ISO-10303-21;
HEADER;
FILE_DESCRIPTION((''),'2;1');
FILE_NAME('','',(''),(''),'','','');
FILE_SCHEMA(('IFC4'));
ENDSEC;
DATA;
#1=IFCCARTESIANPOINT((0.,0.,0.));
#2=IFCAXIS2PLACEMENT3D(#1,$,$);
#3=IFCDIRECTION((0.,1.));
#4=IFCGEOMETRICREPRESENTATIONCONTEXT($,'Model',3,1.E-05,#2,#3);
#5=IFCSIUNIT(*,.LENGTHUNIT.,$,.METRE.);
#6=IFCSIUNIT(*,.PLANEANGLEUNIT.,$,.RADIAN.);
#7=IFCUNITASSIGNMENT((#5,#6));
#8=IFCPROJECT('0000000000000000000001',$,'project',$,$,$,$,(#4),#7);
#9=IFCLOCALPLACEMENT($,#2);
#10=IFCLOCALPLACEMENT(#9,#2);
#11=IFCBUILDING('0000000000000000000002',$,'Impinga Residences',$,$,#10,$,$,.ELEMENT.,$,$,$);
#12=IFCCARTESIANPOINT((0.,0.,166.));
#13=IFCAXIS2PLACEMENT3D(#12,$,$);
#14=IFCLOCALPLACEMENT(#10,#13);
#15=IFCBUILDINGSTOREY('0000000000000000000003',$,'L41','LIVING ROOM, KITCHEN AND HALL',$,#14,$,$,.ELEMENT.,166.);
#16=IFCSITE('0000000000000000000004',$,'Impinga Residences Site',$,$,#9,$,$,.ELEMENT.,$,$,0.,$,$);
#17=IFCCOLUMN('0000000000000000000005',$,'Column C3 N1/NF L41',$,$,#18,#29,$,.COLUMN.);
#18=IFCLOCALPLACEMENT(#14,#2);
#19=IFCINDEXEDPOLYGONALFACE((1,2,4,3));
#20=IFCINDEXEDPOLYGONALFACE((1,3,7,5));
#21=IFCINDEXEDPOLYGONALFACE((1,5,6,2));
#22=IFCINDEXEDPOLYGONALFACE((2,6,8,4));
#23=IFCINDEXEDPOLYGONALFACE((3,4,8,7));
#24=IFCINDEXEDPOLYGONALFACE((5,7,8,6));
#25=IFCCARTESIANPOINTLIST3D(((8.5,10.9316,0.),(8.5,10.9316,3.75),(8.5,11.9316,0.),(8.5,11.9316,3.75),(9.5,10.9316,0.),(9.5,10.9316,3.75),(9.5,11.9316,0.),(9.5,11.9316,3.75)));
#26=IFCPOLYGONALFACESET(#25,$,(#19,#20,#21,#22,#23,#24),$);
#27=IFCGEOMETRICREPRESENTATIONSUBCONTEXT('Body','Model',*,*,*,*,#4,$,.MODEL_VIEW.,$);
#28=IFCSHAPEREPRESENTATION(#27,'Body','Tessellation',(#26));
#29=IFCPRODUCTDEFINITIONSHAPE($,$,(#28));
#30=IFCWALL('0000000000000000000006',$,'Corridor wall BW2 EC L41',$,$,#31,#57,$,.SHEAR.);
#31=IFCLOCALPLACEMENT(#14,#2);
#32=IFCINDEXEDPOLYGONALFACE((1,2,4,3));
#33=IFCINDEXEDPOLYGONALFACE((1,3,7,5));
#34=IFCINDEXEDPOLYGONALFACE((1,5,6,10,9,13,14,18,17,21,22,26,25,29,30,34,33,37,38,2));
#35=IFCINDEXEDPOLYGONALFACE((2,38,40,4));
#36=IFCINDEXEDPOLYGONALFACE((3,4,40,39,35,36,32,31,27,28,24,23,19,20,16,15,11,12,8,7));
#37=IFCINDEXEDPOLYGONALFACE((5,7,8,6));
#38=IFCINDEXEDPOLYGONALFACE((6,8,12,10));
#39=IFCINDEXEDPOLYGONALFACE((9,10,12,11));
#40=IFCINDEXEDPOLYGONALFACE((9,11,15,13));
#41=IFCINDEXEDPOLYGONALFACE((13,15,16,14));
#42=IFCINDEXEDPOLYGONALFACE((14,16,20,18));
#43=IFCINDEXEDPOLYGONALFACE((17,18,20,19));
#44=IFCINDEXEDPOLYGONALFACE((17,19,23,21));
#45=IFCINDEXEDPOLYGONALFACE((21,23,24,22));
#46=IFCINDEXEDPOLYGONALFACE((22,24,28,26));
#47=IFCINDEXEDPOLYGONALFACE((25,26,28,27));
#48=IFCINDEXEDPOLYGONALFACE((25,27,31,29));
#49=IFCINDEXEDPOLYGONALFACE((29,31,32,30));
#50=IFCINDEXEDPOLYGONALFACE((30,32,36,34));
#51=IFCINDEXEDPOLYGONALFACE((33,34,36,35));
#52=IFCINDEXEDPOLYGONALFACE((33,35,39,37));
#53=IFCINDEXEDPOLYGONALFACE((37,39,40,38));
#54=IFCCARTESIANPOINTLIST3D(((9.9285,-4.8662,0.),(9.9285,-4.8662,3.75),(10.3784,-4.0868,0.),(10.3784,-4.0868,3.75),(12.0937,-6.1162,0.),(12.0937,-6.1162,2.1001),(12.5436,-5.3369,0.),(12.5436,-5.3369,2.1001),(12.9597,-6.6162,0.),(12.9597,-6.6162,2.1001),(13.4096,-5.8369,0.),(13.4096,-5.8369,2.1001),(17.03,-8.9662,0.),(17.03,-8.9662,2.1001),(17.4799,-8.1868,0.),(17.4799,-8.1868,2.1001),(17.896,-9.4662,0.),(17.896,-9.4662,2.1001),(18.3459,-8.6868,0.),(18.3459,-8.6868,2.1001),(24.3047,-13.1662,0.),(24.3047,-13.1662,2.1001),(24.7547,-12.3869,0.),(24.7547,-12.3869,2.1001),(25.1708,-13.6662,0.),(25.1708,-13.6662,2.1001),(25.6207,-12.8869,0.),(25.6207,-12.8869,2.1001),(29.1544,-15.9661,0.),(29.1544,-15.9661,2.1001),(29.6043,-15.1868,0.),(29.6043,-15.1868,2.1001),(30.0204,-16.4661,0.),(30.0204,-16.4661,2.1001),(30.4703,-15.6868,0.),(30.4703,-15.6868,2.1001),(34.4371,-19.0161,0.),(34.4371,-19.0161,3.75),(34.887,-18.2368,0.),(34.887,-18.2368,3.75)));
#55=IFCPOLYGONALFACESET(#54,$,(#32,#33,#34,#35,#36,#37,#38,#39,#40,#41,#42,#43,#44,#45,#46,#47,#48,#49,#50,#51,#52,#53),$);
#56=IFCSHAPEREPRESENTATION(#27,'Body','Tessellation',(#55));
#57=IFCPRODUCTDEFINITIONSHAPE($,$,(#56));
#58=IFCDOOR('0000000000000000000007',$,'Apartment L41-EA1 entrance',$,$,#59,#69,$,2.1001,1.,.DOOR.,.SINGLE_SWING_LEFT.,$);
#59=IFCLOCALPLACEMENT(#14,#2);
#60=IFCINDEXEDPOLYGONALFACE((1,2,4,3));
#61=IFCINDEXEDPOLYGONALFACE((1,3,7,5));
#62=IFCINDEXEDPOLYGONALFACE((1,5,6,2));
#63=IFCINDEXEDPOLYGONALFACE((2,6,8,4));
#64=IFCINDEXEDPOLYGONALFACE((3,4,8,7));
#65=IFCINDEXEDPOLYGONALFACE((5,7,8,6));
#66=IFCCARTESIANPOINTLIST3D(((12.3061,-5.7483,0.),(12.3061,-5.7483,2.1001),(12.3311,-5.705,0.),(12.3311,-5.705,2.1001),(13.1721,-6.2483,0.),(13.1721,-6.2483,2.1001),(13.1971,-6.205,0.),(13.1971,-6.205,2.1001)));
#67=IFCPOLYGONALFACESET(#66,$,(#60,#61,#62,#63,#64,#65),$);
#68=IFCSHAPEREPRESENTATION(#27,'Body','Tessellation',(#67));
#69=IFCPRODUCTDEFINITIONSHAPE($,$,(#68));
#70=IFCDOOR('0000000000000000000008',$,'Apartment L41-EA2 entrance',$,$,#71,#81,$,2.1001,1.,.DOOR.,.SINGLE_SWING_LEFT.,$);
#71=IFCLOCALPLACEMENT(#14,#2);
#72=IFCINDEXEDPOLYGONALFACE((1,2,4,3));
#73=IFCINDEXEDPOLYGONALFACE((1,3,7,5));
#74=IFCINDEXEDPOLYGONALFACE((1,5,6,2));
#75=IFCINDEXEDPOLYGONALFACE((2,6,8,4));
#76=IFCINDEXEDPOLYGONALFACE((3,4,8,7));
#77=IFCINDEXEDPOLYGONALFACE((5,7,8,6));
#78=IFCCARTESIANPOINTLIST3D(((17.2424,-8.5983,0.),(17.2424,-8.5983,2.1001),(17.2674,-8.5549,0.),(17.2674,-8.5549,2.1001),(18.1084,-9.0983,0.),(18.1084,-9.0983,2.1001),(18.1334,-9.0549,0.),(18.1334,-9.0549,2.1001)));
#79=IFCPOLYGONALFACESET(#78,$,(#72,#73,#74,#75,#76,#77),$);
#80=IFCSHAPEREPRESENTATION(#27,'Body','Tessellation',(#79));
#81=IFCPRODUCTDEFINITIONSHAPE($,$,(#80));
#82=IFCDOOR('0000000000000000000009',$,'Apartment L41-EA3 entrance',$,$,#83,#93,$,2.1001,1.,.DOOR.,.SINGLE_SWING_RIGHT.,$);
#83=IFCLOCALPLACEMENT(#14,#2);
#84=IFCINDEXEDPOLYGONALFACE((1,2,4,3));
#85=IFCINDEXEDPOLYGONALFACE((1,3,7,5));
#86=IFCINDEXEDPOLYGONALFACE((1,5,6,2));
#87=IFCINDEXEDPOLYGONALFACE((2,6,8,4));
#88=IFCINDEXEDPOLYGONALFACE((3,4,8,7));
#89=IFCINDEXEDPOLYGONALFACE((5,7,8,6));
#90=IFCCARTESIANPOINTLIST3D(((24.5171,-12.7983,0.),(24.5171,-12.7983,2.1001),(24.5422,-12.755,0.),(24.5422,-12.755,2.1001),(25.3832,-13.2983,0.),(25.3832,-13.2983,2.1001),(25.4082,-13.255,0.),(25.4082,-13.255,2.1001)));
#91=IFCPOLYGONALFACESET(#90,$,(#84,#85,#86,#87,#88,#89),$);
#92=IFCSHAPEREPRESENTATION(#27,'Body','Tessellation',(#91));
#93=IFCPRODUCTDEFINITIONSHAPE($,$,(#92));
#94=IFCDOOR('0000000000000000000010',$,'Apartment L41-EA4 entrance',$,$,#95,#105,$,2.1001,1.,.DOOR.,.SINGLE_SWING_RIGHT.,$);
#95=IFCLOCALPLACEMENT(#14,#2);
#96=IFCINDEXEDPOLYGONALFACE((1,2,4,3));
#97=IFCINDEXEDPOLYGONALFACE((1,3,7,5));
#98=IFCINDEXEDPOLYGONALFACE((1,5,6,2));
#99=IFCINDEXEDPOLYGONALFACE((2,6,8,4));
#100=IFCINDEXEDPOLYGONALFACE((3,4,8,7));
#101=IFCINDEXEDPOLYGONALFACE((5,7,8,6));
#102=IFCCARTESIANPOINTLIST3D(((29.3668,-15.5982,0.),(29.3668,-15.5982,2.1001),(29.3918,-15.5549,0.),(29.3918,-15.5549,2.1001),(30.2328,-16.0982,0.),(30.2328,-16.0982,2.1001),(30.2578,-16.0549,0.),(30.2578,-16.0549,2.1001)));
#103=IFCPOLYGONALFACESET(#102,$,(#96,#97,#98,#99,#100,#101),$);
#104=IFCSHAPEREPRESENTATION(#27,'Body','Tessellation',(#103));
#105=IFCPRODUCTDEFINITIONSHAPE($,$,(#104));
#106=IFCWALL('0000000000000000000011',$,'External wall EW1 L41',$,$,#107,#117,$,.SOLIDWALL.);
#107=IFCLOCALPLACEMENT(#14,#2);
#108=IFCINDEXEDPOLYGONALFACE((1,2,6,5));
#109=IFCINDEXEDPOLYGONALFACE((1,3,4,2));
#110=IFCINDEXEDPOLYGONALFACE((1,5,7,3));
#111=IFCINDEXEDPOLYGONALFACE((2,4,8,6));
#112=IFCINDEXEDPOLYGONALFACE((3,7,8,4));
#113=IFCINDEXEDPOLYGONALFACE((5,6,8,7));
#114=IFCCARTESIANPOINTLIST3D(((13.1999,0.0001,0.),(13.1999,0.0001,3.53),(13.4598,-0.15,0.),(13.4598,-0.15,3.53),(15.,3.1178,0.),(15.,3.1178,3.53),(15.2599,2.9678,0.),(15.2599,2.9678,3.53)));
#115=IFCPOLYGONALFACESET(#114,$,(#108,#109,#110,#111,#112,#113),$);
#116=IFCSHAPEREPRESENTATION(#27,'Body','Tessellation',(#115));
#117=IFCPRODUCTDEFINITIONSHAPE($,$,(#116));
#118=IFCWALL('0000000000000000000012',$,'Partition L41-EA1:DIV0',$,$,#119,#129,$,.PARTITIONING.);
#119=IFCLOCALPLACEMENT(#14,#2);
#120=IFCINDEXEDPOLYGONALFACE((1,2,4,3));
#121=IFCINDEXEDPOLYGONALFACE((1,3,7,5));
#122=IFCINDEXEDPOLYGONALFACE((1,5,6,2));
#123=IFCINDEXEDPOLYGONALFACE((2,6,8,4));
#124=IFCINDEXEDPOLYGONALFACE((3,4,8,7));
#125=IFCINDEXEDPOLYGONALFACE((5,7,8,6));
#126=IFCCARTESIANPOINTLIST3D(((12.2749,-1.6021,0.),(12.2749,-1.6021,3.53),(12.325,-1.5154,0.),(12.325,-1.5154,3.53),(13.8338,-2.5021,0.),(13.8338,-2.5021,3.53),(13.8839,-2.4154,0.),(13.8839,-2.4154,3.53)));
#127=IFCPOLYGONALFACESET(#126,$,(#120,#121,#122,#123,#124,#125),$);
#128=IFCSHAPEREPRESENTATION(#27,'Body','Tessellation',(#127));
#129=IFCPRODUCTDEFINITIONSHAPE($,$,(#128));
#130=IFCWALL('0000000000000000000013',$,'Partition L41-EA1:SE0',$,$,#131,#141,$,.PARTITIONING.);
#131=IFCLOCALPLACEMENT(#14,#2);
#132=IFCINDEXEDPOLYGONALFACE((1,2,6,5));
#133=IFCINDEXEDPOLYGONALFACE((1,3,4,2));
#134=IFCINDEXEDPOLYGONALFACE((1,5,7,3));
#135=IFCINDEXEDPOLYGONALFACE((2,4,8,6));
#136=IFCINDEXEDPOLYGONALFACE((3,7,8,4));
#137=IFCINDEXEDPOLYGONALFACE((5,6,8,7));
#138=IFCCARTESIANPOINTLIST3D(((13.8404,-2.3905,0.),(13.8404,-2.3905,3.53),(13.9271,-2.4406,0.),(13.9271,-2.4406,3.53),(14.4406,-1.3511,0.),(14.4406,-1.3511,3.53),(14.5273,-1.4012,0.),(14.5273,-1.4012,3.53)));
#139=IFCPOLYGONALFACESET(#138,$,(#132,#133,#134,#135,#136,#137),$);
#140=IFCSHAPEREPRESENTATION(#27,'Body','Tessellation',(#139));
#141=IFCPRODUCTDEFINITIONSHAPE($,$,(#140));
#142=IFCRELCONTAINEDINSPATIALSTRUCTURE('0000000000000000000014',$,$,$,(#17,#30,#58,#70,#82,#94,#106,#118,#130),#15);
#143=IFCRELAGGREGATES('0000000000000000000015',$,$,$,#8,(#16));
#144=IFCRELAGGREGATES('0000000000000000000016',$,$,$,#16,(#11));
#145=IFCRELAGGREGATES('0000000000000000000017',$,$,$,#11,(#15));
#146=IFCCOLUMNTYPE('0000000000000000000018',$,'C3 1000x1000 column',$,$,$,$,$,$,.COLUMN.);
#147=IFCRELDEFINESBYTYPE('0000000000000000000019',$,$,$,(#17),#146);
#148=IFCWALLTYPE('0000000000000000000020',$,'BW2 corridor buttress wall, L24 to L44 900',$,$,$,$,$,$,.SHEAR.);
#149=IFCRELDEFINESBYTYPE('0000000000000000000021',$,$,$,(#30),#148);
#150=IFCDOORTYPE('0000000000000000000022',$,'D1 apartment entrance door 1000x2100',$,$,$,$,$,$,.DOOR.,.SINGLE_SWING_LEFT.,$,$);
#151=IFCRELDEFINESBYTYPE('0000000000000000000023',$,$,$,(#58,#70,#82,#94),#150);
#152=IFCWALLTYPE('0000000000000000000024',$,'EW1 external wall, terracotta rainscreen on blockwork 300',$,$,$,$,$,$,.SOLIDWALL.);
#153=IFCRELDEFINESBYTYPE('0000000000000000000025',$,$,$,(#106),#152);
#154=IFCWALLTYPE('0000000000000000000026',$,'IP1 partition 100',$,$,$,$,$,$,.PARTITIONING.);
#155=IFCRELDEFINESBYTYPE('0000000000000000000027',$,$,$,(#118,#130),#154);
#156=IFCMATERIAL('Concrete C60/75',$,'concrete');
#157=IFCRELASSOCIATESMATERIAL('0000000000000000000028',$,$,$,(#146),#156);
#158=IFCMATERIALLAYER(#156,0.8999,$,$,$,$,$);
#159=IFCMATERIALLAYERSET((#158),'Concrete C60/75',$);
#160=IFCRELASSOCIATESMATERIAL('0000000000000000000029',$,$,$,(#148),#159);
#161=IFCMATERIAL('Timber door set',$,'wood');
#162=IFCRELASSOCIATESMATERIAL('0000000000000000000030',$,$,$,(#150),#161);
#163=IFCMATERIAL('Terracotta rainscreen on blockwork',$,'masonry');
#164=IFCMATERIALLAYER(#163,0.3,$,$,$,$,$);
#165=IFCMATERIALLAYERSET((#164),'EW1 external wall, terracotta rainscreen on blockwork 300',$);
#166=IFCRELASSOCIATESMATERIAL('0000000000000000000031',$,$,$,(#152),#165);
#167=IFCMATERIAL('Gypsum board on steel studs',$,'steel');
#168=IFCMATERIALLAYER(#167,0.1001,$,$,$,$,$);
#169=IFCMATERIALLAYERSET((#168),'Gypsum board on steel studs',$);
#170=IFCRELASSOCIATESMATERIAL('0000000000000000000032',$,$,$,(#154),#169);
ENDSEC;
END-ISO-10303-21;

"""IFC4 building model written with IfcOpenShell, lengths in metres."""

from ifc_helpers import new_model, si_unit, direction, frame, frame_2d, origin, origin_2d, place, context, subcontext, project, spatial, rectangle, extrude, material, layer, layer_set, material_profile, profile_set, type_object, element, fill, save


model = new_model("IFC4")

# Units and contexts
model_context = context("Model", 3, precision=1e-05, world=origin(), true_north=direction((0.0, 1.0)))
body_context = subcontext(model_context, "Body", "Model", "MODEL_VIEW")
ifc_project = project(units=[si_unit("LENGTHUNIT", "METRE"), si_unit("PLANEANGLEUNIT", "RADIAN")], contexts=[model_context])

# Site, building, storey
site_placement = place(None, origin())
site = spatial("IfcSite", under=ifc_project, at=site_placement, Name="Impinga Residences Site", CompositionType="ELEMENT", RefElevation=0.0)
building_placement = place(site_placement, origin())
building = spatial("IfcBuilding", under=site, at=building_placement, Name="Impinga Residences", CompositionType="ELEMENT")
storey_placement = place(building_placement, frame((0.0, 0.0, 166.0)))
storey = spatial("IfcBuildingStorey", under=building, at=storey_placement, Name="L41", Description="LIVING ROOM, KITCHEN AND HALL", CompositionType="ELEMENT", Elevation=166.0)

# Column
ifc_material_1 = material(Name="Concrete C60/75", Category="concrete")
ifc_material_profile = material_profile(ifc_material_1, rectangle(XDim=1.0, YDim=1.0, at=origin_2d()), Name="RC 1000x1000")
ifc_profile_set = profile_set([ifc_material_profile], Name="Concrete C60/75")
column_type = type_object("IfcColumnType", Name="C3 1000x1000 column", PredefinedType="COLUMN", material=ifc_profile_set)
column_placement = place(storey_placement, frame((9.0, 11.4316, 0.0), z_axis=(0.0, 0.0, 1.0), x_axis=(1.0, 0.0, 0.0)))
element("IfcColumn", 1, at=column_placement, inside=storey, type_object=column_type, Name="Column C3 N1/NF L41", PredefinedType="COLUMN", context=body_context, shape_type="SweptSolid", body=[
    extrude(rectangle(XDim=1.0, YDim=1.0, at=origin_2d()), origin(), (0.0, 0.0, 1.0), 3.75),
])

# Wall, openings, doors
ifc_layer_1 = layer(ifc_material_1, 0.8999)
ifc_layer_set_1 = layer_set([ifc_layer_1], Name="Concrete C60/75")
wall_type_1 = type_object("IfcWallType", Name="BW2 corridor buttress wall, L24 to L44 900", PredefinedType="SHEAR", material=ifc_layer_set_1)
wall_1_placement = place(storey_placement, frame((10.1536, -4.4766, 0.0), z_axis=(0.0, 0.0, 1.0), x_axis=(0.866027, -0.499997, 0.0)))
wall_1 = element("IfcWall", 2, at=wall_1_placement, inside=storey, type_object=wall_type_1, Name="Corridor wall BW2 EC L41", PredefinedType="SHEAR", context=body_context, shape_type="SweptSolid", body=[
    extrude(rectangle(XDim=28.3, YDim=0.8999, at=frame_2d((14.1499, 0.0))), origin(), (0.0, 0.0, 1.0), 3.75),
])
opening_1_placement = place(wall_1_placement, frame((2.5, 0.0, 0.0)))
opening_1 = element("IfcOpeningElement", 3, at=opening_1_placement, cuts=wall_1, PredefinedType="OPENING", context=body_context, shape_type="SweptSolid", body=[
    extrude(rectangle(XDim=1.0, YDim=2.1001, at=frame_2d((0.5, 1.05))), frame((0.0, 0.46, 0.0), z_axis=(0.0, -1.0, 0.0), x_axis=(1.0, 0.0, 0.0)), (0.0, 0.0, 1.0), 0.9199),
])
opening_2_placement = place(wall_1_placement, frame((8.2, 0.0, 0.0)))
opening_2 = element("IfcOpeningElement", 4, at=opening_2_placement, cuts=wall_1, PredefinedType="OPENING", context=body_context, shape_type="SweptSolid", body=[
    extrude(rectangle(XDim=1.0, YDim=2.1001, at=frame_2d((0.5, 1.05))), frame((0.0, 0.46, 0.0), z_axis=(0.0, -1.0, 0.0), x_axis=(1.0, 0.0, 0.0)), (0.0, 0.0, 1.0), 0.9199),
])
opening_3_placement = place(wall_1_placement, frame((16.6001, 0.0, 0.0)))
opening_3 = element("IfcOpeningElement", 5, at=opening_3_placement, cuts=wall_1, PredefinedType="OPENING", context=body_context, shape_type="SweptSolid", body=[
    extrude(rectangle(XDim=1.0, YDim=2.1001, at=frame_2d((0.5, 1.05))), frame((0.0, 0.46, 0.0), z_axis=(0.0, -1.0, 0.0), x_axis=(1.0, 0.0, 0.0)), (0.0, 0.0, 1.0), 0.9199),
])
opening_4_placement = place(wall_1_placement, frame((22.2, 0.0, 0.0)))
opening_4 = element("IfcOpeningElement", 6, at=opening_4_placement, cuts=wall_1, PredefinedType="OPENING", context=body_context, shape_type="SweptSolid", body=[
    extrude(rectangle(XDim=1.0, YDim=2.1001, at=frame_2d((0.5, 1.05))), frame((0.0, 0.46, 0.0), z_axis=(0.0, -1.0, 0.0), x_axis=(1.0, 0.0, 0.0)), (0.0, 0.0, 1.0), 0.9199),
])
ifc_material_2 = material(Name="Timber door set", Category="wood")
door_type_1 = type_object("IfcDoorType", Name="D1 apartment entrance door 1000x2100", OperationType="SINGLE_SWING_LEFT", PredefinedType="DOOR", material=ifc_material_2)
door_1_placement = place(opening_1_placement, origin())
door_1 = element("IfcDoor", 7, at=door_1_placement, inside=storey, type_object=door_type_1, Name="Apartment L41-EA1 entrance", OperationType="SINGLE_SWING_LEFT", OverallHeight=2.1001, OverallWidth=1.0, PredefinedType="DOOR", context=body_context, shape_type="SweptSolid", body=[
    extrude(rectangle(XDim=1.0, YDim=2.1001, at=frame_2d((0.5, 1.05))), frame((0.0, 0.0249, 0.0), z_axis=(0.0, -1.0, 0.0), x_axis=(1.0, 0.0, 0.0)), (0.0, 0.0, 1.0), 0.05),
])
fill(opening_1, door_1)
door_2_placement = place(opening_2_placement, origin())
door_2 = element("IfcDoor", 8, at=door_2_placement, inside=storey, type_object=door_type_1, Name="Apartment L41-EA2 entrance", OperationType="SINGLE_SWING_LEFT", OverallHeight=2.1001, OverallWidth=1.0, PredefinedType="DOOR", context=body_context, shape_type="SweptSolid", body=[
    extrude(rectangle(XDim=1.0, YDim=2.1001, at=frame_2d((0.5, 1.05))), frame((0.0, 0.0249, 0.0), z_axis=(0.0, -1.0, 0.0), x_axis=(1.0, 0.0, 0.0)), (0.0, 0.0, 1.0), 0.05),
])
fill(opening_2, door_2)
door_3_placement = place(opening_3_placement, origin())
door_3 = element("IfcDoor", 9, at=door_3_placement, inside=storey, type_object=door_type_1, Name="Apartment L41-EA3 entrance", OperationType="SINGLE_SWING_RIGHT", OverallHeight=2.1001, OverallWidth=1.0, PredefinedType="DOOR", context=body_context, shape_type="SweptSolid", body=[
    extrude(rectangle(XDim=1.0, YDim=2.1001, at=frame_2d((0.5, 1.05))), frame((0.0, 0.0249, 0.0), z_axis=(0.0, -1.0, 0.0), x_axis=(1.0, 0.0, 0.0)), (0.0, 0.0, 1.0), 0.05),
])
fill(opening_3, door_3)
door_4_placement = place(opening_4_placement, origin())
door_4 = element("IfcDoor", 10, at=door_4_placement, inside=storey, type_object=door_type_1, Name="Apartment L41-EA4 entrance", OperationType="SINGLE_SWING_RIGHT", OverallHeight=2.1001, OverallWidth=1.0, PredefinedType="DOOR", context=body_context, shape_type="SweptSolid", body=[
    extrude(rectangle(XDim=1.0, YDim=2.1001, at=frame_2d((0.5, 1.05))), frame((0.0, 0.0249, 0.0), z_axis=(0.0, -1.0, 0.0), x_axis=(1.0, 0.0, 0.0)), (0.0, 0.0, 1.0), 0.05),
])
fill(opening_4, door_4)

# Walls
ifc_material_3 = material(Name="Terracotta rainscreen on blockwork", Category="masonry")
ifc_layer_2 = layer(ifc_material_3, 0.3)
ifc_layer_set_2 = layer_set([ifc_layer_2], Name="EW1 external wall, terracotta rainscreen on blockwork 300")
wall_type_2 = type_object("IfcWallType", Name="EW1 external wall, terracotta rainscreen on blockwork 300", PredefinedType="SOLIDWALL", material=ifc_layer_set_2)
wall_2_placement = place(storey_placement, frame((13.3298, -0.075, 0.0), z_axis=(0.0, 0.0, 1.0), x_axis=(0.500012, 0.866018, 0.0)))
element("IfcWall", 11, at=wall_2_placement, inside=storey, type_object=wall_type_2, Name="External wall EW1 L41", PredefinedType="SOLIDWALL", context=body_context, shape_type="SweptSolid", body=[
    extrude(rectangle(XDim=3.6001, YDim=0.3, at=frame_2d((1.8, 0.0))), origin(), (0.0, 0.0, 1.0), 3.53),
])
ifc_material_4 = material(Name="Gypsum board on steel studs", Category="steel")
ifc_layer_3 = layer(ifc_material_4, 0.1001)
ifc_layer_set_3 = layer_set([ifc_layer_3], Name="Gypsum board on steel studs")
wall_type_3 = type_object("IfcWallType", Name="IP1 partition 100", PredefinedType="PARTITIONING", material=ifc_layer_set_3)
wall_3_placement = place(storey_placement, frame((12.3, -1.5588, 0.0), z_axis=(0.0, 0.0, 1.0), x_axis=(0.866048, -0.499961, 0.0)))
element("IfcWall", 12, at=wall_3_placement, inside=storey, type_object=wall_type_3, Name="Partition L41-EA1:DIV0", PredefinedType="PARTITIONING", context=body_context, shape_type="SweptSolid", body=[
    extrude(rectangle(XDim=1.8, YDim=0.1001, at=frame_2d((0.8999, 0.0))), origin(), (0.0, 0.0, 1.0), 3.53),
])
wall_4_placement = place(storey_placement, frame((13.8838, -2.4155, 0.0), z_axis=(0.0, 0.0, 1.0), x_axis=(0.500034, 0.866006, 0.0)))
element("IfcWall", 13, at=wall_4_placement, inside=storey, type_object=wall_type_3, Name="Partition L41-EA1:SE0", PredefinedType="PARTITIONING", context=body_context, shape_type="SweptSolid", body=[
    extrude(rectangle(XDim=1.2002, YDim=0.1001, at=frame_2d((0.6001, 0.0))), origin(), (0.0, 0.0, 1.0), 3.53),
])

save(model, "model.ifc")
